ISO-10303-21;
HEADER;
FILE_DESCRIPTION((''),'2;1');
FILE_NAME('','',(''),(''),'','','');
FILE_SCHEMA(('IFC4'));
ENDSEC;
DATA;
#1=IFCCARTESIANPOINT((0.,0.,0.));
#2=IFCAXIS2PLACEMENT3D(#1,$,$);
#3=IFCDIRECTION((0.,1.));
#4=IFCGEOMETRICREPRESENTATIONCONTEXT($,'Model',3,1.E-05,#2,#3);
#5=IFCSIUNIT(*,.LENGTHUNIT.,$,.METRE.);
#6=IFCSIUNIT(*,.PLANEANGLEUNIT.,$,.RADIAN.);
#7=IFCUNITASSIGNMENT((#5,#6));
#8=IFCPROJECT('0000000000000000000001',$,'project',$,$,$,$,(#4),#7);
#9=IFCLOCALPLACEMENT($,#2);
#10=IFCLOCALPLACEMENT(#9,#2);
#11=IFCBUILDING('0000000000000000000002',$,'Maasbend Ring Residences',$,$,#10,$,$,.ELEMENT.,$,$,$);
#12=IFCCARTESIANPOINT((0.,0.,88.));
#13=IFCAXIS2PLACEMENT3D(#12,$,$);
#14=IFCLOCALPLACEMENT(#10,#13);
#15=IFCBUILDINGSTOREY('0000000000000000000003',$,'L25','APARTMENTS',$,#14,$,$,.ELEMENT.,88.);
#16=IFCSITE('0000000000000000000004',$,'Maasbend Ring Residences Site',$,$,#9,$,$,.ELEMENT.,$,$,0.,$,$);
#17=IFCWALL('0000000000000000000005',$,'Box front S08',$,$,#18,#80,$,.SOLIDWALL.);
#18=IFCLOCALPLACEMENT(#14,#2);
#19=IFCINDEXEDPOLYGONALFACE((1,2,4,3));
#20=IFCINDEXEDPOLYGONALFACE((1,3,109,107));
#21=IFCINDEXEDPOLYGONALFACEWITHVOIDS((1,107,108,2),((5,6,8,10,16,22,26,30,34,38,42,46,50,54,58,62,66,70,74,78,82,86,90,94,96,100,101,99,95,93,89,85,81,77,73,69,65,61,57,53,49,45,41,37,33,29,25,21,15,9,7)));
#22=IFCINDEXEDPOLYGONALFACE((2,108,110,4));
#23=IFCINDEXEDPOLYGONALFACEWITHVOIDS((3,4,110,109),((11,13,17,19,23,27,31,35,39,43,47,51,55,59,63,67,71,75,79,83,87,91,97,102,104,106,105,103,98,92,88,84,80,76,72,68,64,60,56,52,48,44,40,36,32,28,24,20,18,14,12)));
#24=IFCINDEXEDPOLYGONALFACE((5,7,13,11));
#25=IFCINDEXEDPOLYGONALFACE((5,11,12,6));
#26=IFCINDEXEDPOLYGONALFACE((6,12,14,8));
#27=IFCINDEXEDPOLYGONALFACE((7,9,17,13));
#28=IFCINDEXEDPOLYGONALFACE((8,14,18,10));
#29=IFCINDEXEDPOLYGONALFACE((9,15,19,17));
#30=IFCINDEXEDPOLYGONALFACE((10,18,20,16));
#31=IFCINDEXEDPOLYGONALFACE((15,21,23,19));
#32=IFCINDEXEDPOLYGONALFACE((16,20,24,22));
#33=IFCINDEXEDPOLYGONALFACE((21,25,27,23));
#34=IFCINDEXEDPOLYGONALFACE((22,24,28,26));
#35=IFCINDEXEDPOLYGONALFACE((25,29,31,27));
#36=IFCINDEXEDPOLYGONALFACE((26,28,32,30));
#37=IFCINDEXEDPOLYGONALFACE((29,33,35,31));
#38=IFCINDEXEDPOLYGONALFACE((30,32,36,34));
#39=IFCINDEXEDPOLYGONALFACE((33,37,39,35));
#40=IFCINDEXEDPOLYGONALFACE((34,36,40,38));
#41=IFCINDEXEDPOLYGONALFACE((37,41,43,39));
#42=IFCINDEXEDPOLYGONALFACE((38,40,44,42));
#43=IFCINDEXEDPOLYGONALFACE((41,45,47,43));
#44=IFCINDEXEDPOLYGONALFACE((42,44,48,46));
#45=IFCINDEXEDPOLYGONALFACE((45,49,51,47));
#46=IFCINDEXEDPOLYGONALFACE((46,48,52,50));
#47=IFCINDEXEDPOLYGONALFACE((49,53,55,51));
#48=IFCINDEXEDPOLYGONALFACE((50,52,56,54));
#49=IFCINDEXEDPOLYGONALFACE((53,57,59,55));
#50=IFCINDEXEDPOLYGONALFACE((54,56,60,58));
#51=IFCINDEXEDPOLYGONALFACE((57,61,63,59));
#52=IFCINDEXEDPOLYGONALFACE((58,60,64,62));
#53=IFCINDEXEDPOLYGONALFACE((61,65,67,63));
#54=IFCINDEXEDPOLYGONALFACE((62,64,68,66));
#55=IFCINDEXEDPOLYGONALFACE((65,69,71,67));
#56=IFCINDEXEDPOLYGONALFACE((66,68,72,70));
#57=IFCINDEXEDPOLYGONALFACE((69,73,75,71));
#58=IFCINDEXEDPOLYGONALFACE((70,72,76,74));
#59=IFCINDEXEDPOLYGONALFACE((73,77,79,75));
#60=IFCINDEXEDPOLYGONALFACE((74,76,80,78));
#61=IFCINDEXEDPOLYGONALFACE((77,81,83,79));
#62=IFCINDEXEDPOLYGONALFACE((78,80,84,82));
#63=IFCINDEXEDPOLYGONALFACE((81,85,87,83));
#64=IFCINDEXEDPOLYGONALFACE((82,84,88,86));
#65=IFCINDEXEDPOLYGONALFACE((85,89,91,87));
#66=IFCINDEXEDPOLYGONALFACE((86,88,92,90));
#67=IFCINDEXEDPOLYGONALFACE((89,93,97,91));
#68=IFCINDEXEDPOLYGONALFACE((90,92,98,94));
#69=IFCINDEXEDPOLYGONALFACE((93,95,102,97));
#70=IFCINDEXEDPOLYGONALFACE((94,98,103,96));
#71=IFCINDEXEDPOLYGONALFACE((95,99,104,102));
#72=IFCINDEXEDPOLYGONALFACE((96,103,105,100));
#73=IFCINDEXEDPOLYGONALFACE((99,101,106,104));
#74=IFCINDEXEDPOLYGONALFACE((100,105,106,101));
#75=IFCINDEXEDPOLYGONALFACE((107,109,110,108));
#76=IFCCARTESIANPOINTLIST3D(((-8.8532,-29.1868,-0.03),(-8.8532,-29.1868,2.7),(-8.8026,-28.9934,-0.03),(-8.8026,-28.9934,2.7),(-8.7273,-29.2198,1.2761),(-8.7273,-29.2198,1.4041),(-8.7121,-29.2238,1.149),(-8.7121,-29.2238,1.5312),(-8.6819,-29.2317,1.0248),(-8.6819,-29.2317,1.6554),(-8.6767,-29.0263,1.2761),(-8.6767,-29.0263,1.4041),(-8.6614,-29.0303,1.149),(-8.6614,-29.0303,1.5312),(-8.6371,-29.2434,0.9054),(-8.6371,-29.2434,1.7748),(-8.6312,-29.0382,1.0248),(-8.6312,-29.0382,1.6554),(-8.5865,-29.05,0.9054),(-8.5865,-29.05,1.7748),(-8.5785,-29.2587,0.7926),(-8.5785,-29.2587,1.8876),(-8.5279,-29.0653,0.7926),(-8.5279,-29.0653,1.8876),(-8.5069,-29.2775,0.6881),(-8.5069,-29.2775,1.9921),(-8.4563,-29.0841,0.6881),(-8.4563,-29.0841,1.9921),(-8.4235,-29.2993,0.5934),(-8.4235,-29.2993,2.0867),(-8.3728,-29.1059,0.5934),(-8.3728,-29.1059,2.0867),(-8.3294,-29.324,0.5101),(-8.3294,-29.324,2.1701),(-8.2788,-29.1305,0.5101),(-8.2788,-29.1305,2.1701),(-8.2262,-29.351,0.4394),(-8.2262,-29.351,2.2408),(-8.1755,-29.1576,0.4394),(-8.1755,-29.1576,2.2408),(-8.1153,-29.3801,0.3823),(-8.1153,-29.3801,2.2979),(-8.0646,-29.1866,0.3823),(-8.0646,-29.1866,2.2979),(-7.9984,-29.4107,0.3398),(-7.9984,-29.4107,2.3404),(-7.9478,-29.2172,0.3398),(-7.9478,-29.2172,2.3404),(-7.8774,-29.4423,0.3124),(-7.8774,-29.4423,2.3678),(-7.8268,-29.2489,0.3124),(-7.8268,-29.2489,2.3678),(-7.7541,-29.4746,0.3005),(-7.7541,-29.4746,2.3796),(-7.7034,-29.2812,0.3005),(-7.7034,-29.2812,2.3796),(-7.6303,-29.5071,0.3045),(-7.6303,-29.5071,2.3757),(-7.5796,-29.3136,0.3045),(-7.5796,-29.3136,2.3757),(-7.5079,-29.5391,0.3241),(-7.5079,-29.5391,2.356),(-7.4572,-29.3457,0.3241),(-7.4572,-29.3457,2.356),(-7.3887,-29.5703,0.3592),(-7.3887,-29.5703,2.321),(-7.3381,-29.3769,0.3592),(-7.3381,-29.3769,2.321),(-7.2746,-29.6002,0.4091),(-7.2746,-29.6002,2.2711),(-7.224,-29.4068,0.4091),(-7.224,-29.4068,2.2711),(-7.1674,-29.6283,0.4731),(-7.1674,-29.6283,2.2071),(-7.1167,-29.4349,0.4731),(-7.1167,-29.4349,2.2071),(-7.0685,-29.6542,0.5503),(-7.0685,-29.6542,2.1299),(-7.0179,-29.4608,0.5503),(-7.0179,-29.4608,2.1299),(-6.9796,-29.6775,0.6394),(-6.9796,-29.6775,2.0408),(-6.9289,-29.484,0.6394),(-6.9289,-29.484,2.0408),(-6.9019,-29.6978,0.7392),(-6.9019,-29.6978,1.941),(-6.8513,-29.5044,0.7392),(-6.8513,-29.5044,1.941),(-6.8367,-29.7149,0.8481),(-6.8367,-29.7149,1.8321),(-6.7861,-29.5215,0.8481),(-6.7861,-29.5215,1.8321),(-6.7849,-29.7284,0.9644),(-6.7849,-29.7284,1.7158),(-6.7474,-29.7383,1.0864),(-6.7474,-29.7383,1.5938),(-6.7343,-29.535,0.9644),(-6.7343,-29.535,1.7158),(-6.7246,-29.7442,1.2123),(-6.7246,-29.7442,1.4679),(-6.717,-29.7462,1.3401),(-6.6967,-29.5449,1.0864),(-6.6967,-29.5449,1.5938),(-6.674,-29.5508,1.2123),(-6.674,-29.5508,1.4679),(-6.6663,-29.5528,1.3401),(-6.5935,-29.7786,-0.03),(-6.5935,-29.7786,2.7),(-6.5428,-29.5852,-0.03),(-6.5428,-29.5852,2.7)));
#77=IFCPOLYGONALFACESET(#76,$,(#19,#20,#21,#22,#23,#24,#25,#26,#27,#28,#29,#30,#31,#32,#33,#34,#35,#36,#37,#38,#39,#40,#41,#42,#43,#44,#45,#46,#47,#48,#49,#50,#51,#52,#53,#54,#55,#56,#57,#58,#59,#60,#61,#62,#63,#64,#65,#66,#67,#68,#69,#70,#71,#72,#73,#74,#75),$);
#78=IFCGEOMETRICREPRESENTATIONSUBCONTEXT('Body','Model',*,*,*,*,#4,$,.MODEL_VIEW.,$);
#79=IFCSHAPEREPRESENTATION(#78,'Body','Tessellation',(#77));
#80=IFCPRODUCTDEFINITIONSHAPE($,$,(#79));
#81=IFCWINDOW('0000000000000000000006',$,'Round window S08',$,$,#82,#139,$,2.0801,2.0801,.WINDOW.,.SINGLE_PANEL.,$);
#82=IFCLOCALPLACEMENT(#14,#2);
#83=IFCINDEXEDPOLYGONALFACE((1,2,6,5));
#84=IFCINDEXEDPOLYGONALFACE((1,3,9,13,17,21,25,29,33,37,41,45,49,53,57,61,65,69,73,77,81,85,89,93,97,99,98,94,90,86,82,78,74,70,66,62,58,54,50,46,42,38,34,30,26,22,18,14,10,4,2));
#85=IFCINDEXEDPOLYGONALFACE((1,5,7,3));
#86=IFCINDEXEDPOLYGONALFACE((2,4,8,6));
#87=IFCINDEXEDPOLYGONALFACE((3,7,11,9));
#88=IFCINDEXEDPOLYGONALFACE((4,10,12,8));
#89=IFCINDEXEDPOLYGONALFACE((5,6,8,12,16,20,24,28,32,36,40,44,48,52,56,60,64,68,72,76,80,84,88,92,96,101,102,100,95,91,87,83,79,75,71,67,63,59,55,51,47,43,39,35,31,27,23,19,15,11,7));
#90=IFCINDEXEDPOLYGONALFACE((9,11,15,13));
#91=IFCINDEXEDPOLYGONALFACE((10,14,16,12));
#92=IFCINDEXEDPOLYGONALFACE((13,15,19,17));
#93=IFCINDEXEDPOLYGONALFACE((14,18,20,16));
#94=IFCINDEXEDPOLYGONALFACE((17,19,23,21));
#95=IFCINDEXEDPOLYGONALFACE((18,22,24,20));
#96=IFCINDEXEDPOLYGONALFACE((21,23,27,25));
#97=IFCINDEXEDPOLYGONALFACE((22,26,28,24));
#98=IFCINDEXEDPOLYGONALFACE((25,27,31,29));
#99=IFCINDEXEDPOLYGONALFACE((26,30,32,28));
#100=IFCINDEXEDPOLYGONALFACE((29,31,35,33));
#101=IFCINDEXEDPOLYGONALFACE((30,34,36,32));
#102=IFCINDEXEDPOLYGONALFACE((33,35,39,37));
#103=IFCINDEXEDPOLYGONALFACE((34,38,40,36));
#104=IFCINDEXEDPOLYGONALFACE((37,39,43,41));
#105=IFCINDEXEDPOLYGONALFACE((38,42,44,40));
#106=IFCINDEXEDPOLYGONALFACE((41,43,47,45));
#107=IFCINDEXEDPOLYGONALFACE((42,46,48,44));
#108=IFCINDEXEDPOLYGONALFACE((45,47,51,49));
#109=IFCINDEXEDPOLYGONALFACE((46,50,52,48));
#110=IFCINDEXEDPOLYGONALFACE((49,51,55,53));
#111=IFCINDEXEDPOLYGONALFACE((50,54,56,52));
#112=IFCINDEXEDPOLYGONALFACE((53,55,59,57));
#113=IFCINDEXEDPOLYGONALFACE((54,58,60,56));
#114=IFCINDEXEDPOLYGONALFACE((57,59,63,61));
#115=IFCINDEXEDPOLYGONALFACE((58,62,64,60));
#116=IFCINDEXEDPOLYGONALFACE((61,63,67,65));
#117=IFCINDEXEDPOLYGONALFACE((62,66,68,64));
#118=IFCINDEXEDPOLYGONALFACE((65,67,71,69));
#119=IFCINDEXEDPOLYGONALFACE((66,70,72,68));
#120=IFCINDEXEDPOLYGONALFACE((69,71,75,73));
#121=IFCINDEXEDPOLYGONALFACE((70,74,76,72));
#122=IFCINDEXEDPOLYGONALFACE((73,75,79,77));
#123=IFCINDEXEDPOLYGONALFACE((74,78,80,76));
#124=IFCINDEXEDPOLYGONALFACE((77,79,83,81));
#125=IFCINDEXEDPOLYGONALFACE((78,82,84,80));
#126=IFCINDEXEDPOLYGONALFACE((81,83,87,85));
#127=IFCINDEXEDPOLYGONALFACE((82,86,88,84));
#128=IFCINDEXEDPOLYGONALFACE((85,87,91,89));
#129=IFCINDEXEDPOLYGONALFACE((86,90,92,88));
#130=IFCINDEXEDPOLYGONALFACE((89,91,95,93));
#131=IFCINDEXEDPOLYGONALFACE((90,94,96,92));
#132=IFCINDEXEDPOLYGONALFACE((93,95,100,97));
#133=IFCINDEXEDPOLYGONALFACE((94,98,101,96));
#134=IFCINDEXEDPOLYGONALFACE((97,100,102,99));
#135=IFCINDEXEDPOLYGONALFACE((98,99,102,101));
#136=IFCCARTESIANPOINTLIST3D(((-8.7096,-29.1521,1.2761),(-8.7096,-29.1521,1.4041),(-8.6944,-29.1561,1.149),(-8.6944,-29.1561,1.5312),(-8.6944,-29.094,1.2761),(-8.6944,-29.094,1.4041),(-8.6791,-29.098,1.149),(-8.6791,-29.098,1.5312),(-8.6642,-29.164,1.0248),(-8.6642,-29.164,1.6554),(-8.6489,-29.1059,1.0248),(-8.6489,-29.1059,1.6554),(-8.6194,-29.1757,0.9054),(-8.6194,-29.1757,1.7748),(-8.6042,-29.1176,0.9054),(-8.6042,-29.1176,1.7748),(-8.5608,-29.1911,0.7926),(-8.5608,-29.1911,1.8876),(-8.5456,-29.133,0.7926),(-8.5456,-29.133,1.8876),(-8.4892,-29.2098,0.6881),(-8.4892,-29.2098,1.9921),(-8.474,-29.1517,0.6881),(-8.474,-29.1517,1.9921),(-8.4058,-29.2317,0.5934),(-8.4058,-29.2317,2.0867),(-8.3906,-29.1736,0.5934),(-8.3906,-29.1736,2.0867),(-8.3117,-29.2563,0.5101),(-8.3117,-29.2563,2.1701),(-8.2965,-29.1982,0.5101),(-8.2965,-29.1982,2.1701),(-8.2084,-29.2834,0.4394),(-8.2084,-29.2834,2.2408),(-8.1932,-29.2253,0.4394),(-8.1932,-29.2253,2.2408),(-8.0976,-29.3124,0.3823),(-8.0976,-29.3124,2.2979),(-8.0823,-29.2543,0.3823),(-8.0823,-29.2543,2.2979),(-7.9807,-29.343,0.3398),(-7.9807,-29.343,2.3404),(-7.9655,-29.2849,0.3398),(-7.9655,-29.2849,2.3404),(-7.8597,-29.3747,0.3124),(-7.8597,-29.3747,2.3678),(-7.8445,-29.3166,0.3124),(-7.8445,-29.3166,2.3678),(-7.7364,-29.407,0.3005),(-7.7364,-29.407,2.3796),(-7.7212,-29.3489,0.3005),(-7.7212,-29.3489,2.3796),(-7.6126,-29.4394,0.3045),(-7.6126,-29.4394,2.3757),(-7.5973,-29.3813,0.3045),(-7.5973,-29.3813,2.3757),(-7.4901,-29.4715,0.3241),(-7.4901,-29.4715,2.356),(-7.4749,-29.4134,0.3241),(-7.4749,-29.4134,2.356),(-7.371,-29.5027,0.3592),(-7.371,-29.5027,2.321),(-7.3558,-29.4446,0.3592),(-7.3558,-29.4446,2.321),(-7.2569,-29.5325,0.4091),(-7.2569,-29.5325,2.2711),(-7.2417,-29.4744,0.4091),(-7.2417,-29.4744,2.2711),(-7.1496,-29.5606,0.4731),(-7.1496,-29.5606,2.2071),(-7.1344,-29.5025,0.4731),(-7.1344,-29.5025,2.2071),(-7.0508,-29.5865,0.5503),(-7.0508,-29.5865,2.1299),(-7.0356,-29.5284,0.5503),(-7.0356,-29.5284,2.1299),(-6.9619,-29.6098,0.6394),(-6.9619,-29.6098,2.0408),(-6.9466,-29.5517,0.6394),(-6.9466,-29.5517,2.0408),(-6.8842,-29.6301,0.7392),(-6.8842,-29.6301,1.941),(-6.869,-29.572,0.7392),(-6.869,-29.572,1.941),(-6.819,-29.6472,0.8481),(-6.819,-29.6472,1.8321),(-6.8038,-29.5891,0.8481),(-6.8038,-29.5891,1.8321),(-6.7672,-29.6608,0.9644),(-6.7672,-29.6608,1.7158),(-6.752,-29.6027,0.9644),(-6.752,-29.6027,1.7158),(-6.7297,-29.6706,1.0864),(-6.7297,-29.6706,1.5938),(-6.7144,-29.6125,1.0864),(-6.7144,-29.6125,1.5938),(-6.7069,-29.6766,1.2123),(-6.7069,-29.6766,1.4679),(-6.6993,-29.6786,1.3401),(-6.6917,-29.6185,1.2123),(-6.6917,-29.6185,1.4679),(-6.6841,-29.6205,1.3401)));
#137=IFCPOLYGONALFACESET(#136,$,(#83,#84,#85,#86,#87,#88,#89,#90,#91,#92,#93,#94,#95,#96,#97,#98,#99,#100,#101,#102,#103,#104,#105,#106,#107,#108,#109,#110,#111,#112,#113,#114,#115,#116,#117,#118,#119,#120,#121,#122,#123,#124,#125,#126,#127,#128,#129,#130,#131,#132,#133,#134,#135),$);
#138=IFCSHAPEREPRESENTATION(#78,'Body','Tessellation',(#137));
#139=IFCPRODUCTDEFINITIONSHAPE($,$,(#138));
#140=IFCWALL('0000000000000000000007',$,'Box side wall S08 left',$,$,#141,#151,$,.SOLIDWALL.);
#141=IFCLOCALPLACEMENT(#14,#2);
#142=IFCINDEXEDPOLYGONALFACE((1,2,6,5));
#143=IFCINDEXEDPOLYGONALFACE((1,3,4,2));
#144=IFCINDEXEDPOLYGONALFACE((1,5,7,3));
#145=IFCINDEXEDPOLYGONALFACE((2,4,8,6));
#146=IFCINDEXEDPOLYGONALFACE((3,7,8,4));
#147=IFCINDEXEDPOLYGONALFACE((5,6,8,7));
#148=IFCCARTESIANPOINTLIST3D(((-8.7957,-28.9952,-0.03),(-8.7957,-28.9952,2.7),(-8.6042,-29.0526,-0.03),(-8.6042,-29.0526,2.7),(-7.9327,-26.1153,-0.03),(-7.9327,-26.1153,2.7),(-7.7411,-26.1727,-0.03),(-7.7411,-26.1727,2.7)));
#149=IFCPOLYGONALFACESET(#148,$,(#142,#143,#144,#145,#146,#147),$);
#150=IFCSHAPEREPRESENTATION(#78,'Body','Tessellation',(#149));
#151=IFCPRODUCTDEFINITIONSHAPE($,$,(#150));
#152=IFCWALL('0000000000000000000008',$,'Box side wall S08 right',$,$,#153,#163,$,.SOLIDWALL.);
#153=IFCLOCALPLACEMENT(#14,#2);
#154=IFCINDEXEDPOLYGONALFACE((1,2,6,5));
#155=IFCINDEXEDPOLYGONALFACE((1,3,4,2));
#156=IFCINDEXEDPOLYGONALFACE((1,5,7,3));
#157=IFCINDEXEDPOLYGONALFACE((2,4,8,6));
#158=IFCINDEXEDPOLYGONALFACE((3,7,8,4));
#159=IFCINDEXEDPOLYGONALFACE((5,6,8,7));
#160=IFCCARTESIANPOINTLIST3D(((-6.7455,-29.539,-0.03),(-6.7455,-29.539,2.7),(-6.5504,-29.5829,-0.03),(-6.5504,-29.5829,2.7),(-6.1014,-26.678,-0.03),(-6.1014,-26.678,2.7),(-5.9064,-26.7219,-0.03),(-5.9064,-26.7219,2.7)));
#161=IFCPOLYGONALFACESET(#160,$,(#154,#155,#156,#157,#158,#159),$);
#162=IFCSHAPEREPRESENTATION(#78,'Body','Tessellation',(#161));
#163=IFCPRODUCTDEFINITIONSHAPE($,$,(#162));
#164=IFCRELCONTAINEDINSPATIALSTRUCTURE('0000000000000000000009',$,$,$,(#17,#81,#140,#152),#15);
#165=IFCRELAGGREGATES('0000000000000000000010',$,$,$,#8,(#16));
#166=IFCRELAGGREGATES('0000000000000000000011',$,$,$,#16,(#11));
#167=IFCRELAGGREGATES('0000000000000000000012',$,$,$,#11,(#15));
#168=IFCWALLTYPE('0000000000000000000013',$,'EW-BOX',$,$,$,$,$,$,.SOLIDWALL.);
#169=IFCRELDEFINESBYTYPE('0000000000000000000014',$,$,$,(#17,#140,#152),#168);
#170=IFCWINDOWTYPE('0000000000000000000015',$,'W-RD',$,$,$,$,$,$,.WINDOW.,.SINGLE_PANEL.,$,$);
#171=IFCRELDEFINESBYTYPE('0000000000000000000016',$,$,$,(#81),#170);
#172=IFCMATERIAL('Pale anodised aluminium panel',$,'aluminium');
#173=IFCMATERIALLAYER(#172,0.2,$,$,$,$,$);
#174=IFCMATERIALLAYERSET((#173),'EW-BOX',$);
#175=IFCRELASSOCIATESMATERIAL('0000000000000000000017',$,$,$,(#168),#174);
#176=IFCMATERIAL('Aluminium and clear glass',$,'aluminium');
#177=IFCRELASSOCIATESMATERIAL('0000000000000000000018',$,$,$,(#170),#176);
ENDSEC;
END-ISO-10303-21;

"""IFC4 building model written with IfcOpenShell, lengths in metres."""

from ifc_helpers import new_model, si_unit, direction, frame, frame_2d, origin, place, context, subcontext, project, spatial, rectangle, circle, extrude, material, layer, layer_set, type_object, element, fill, save


model = new_model("IFC4")

# Units and contexts
model_context = context("Model", 3, precision=1e-05, world=origin(), true_north=direction((0.0, 1.0)))
body_context = subcontext(model_context, "Body", "Model", "MODEL_VIEW")
ifc_project = project(units=[si_unit("LENGTHUNIT", "METRE"), si_unit("PLANEANGLEUNIT", "RADIAN")], contexts=[model_context])

# Site, building, storey
site_placement = place(None, origin())
site = spatial("IfcSite", under=ifc_project, at=site_placement, Name="Maasbend Ring Residences Site", CompositionType="ELEMENT", RefElevation=0.0)
building_placement = place(site_placement, origin())
building = spatial("IfcBuilding", under=site, at=building_placement, Name="Maasbend Ring Residences", CompositionType="ELEMENT")
storey_placement = place(building_placement, frame((0.0, 0.0, 88.0)))
storey = spatial("IfcBuildingStorey", under=building, at=storey_placement, Name="L25", Description="APARTMENTS", CompositionType="ELEMENT", Elevation=88.0)

# Wall, opening, window
ifc_material_1 = material(Name="Pale anodised aluminium panel", Category="aluminium")
ifc_layer_1 = layer(ifc_material_1, 0.2)
ifc_layer_set_1 = layer_set([ifc_layer_1], Name="EW-BOX")
wall_type_1 = type_object("IfcWallType", Name="EW-BOX", PredefinedType="SOLIDWALL", material=ifc_layer_set_1)
wall_1_placement = place(storey_placement, frame((-8.8279, -29.0901, -0.03), z_axis=(0.0, 0.0, 1.0), x_axis=(0.967377, -0.253341, 0.0)))
wall_1 = element("IfcWall", 1, at=wall_1_placement, inside=storey, type_object=wall_type_1, Name="Box front S08", PredefinedType="SOLIDWALL", context=body_context, shape_type="SweptSolid", body=[
    extrude(rectangle(XDim=2.3359, YDim=0.2, at=frame_2d((1.168, 0.0))), origin(), (0.0, 0.0, 1.0), 2.73),
])
opening_1_placement = place(wall_1_placement, frame((0.1282, 0.0, 0.3301)))
opening_1 = element("IfcOpeningElement", 2, at=opening_1_placement, cuts=wall_1, PredefinedType="OPENING", context=body_context, shape_type="SweptSolid", body=[
    extrude(circle(Radius=1.04, at=frame_2d((1.04, 1.04))), frame((0.0, 0.1099, 0.0), z_axis=(0.0, -1.0, 0.0), x_axis=(1.0, 0.0, 0.0)), (0.0, 0.0, 1.0), 0.22),
])
ifc_material_2 = material(Name="Aluminium and clear glass", Category="aluminium")
window_type_1 = type_object("IfcWindowType", Name="W-RD", PartitioningType="SINGLE_PANEL", PredefinedType="WINDOW", material=ifc_material_2)
window_1_placement = place(opening_1_placement, origin())
window_1 = element("IfcWindow", 3, at=window_1_placement, inside=storey, type_object=window_type_1, Name="Round window S08", OverallHeight=2.0801, OverallWidth=2.0801, PartitioningType="SINGLE_PANEL", PredefinedType="WINDOW", context=body_context, shape_type="SweptSolid", body=[
    extrude(circle(Radius=1.04, at=frame_2d((1.04, 1.04))), frame((0.0, 0.03, 0.0), z_axis=(0.0, -1.0, 0.0), x_axis=(1.0, 0.0, 0.0)), (0.0, 0.0, 1.0), 0.0601),
])
fill(opening_1, window_1)

# Walls
wall_2_placement = place(storey_placement, frame((-7.8369, -26.144, -0.03), z_axis=(0.0, 0.0, 1.0), x_axis=(-0.287065, -0.957911, 0.0)))
element("IfcWall", 4, at=wall_2_placement, inside=storey, type_object=wall_type_1, Name="Box side wall S08 left", PredefinedType="SOLIDWALL", context=body_context, shape_type="SweptSolid", body=[
    extrude(rectangle(XDim=3.0063, YDim=0.2, at=frame_2d((1.5032, 0.0))), origin(), (0.0, 0.0, 1.0), 2.73),
])
wall_3_placement = place(storey_placement, frame((-6.0039, -26.7, -0.03), z_axis=(0.0, 0.0, 1.0), x_axis=(-0.219609, -0.975588, 0.0)))
element("IfcWall", 5, at=wall_3_placement, inside=storey, type_object=wall_type_1, Name="Box side wall S08 right", PredefinedType="SOLIDWALL", context=body_context, shape_type="SweptSolid", body=[
    extrude(rectangle(XDim=2.9326, YDim=0.2, at=frame_2d((1.4663, 0.0))), origin(), (0.0, 0.0, 1.0), 2.73),
])

save(model, "model.ifc")
